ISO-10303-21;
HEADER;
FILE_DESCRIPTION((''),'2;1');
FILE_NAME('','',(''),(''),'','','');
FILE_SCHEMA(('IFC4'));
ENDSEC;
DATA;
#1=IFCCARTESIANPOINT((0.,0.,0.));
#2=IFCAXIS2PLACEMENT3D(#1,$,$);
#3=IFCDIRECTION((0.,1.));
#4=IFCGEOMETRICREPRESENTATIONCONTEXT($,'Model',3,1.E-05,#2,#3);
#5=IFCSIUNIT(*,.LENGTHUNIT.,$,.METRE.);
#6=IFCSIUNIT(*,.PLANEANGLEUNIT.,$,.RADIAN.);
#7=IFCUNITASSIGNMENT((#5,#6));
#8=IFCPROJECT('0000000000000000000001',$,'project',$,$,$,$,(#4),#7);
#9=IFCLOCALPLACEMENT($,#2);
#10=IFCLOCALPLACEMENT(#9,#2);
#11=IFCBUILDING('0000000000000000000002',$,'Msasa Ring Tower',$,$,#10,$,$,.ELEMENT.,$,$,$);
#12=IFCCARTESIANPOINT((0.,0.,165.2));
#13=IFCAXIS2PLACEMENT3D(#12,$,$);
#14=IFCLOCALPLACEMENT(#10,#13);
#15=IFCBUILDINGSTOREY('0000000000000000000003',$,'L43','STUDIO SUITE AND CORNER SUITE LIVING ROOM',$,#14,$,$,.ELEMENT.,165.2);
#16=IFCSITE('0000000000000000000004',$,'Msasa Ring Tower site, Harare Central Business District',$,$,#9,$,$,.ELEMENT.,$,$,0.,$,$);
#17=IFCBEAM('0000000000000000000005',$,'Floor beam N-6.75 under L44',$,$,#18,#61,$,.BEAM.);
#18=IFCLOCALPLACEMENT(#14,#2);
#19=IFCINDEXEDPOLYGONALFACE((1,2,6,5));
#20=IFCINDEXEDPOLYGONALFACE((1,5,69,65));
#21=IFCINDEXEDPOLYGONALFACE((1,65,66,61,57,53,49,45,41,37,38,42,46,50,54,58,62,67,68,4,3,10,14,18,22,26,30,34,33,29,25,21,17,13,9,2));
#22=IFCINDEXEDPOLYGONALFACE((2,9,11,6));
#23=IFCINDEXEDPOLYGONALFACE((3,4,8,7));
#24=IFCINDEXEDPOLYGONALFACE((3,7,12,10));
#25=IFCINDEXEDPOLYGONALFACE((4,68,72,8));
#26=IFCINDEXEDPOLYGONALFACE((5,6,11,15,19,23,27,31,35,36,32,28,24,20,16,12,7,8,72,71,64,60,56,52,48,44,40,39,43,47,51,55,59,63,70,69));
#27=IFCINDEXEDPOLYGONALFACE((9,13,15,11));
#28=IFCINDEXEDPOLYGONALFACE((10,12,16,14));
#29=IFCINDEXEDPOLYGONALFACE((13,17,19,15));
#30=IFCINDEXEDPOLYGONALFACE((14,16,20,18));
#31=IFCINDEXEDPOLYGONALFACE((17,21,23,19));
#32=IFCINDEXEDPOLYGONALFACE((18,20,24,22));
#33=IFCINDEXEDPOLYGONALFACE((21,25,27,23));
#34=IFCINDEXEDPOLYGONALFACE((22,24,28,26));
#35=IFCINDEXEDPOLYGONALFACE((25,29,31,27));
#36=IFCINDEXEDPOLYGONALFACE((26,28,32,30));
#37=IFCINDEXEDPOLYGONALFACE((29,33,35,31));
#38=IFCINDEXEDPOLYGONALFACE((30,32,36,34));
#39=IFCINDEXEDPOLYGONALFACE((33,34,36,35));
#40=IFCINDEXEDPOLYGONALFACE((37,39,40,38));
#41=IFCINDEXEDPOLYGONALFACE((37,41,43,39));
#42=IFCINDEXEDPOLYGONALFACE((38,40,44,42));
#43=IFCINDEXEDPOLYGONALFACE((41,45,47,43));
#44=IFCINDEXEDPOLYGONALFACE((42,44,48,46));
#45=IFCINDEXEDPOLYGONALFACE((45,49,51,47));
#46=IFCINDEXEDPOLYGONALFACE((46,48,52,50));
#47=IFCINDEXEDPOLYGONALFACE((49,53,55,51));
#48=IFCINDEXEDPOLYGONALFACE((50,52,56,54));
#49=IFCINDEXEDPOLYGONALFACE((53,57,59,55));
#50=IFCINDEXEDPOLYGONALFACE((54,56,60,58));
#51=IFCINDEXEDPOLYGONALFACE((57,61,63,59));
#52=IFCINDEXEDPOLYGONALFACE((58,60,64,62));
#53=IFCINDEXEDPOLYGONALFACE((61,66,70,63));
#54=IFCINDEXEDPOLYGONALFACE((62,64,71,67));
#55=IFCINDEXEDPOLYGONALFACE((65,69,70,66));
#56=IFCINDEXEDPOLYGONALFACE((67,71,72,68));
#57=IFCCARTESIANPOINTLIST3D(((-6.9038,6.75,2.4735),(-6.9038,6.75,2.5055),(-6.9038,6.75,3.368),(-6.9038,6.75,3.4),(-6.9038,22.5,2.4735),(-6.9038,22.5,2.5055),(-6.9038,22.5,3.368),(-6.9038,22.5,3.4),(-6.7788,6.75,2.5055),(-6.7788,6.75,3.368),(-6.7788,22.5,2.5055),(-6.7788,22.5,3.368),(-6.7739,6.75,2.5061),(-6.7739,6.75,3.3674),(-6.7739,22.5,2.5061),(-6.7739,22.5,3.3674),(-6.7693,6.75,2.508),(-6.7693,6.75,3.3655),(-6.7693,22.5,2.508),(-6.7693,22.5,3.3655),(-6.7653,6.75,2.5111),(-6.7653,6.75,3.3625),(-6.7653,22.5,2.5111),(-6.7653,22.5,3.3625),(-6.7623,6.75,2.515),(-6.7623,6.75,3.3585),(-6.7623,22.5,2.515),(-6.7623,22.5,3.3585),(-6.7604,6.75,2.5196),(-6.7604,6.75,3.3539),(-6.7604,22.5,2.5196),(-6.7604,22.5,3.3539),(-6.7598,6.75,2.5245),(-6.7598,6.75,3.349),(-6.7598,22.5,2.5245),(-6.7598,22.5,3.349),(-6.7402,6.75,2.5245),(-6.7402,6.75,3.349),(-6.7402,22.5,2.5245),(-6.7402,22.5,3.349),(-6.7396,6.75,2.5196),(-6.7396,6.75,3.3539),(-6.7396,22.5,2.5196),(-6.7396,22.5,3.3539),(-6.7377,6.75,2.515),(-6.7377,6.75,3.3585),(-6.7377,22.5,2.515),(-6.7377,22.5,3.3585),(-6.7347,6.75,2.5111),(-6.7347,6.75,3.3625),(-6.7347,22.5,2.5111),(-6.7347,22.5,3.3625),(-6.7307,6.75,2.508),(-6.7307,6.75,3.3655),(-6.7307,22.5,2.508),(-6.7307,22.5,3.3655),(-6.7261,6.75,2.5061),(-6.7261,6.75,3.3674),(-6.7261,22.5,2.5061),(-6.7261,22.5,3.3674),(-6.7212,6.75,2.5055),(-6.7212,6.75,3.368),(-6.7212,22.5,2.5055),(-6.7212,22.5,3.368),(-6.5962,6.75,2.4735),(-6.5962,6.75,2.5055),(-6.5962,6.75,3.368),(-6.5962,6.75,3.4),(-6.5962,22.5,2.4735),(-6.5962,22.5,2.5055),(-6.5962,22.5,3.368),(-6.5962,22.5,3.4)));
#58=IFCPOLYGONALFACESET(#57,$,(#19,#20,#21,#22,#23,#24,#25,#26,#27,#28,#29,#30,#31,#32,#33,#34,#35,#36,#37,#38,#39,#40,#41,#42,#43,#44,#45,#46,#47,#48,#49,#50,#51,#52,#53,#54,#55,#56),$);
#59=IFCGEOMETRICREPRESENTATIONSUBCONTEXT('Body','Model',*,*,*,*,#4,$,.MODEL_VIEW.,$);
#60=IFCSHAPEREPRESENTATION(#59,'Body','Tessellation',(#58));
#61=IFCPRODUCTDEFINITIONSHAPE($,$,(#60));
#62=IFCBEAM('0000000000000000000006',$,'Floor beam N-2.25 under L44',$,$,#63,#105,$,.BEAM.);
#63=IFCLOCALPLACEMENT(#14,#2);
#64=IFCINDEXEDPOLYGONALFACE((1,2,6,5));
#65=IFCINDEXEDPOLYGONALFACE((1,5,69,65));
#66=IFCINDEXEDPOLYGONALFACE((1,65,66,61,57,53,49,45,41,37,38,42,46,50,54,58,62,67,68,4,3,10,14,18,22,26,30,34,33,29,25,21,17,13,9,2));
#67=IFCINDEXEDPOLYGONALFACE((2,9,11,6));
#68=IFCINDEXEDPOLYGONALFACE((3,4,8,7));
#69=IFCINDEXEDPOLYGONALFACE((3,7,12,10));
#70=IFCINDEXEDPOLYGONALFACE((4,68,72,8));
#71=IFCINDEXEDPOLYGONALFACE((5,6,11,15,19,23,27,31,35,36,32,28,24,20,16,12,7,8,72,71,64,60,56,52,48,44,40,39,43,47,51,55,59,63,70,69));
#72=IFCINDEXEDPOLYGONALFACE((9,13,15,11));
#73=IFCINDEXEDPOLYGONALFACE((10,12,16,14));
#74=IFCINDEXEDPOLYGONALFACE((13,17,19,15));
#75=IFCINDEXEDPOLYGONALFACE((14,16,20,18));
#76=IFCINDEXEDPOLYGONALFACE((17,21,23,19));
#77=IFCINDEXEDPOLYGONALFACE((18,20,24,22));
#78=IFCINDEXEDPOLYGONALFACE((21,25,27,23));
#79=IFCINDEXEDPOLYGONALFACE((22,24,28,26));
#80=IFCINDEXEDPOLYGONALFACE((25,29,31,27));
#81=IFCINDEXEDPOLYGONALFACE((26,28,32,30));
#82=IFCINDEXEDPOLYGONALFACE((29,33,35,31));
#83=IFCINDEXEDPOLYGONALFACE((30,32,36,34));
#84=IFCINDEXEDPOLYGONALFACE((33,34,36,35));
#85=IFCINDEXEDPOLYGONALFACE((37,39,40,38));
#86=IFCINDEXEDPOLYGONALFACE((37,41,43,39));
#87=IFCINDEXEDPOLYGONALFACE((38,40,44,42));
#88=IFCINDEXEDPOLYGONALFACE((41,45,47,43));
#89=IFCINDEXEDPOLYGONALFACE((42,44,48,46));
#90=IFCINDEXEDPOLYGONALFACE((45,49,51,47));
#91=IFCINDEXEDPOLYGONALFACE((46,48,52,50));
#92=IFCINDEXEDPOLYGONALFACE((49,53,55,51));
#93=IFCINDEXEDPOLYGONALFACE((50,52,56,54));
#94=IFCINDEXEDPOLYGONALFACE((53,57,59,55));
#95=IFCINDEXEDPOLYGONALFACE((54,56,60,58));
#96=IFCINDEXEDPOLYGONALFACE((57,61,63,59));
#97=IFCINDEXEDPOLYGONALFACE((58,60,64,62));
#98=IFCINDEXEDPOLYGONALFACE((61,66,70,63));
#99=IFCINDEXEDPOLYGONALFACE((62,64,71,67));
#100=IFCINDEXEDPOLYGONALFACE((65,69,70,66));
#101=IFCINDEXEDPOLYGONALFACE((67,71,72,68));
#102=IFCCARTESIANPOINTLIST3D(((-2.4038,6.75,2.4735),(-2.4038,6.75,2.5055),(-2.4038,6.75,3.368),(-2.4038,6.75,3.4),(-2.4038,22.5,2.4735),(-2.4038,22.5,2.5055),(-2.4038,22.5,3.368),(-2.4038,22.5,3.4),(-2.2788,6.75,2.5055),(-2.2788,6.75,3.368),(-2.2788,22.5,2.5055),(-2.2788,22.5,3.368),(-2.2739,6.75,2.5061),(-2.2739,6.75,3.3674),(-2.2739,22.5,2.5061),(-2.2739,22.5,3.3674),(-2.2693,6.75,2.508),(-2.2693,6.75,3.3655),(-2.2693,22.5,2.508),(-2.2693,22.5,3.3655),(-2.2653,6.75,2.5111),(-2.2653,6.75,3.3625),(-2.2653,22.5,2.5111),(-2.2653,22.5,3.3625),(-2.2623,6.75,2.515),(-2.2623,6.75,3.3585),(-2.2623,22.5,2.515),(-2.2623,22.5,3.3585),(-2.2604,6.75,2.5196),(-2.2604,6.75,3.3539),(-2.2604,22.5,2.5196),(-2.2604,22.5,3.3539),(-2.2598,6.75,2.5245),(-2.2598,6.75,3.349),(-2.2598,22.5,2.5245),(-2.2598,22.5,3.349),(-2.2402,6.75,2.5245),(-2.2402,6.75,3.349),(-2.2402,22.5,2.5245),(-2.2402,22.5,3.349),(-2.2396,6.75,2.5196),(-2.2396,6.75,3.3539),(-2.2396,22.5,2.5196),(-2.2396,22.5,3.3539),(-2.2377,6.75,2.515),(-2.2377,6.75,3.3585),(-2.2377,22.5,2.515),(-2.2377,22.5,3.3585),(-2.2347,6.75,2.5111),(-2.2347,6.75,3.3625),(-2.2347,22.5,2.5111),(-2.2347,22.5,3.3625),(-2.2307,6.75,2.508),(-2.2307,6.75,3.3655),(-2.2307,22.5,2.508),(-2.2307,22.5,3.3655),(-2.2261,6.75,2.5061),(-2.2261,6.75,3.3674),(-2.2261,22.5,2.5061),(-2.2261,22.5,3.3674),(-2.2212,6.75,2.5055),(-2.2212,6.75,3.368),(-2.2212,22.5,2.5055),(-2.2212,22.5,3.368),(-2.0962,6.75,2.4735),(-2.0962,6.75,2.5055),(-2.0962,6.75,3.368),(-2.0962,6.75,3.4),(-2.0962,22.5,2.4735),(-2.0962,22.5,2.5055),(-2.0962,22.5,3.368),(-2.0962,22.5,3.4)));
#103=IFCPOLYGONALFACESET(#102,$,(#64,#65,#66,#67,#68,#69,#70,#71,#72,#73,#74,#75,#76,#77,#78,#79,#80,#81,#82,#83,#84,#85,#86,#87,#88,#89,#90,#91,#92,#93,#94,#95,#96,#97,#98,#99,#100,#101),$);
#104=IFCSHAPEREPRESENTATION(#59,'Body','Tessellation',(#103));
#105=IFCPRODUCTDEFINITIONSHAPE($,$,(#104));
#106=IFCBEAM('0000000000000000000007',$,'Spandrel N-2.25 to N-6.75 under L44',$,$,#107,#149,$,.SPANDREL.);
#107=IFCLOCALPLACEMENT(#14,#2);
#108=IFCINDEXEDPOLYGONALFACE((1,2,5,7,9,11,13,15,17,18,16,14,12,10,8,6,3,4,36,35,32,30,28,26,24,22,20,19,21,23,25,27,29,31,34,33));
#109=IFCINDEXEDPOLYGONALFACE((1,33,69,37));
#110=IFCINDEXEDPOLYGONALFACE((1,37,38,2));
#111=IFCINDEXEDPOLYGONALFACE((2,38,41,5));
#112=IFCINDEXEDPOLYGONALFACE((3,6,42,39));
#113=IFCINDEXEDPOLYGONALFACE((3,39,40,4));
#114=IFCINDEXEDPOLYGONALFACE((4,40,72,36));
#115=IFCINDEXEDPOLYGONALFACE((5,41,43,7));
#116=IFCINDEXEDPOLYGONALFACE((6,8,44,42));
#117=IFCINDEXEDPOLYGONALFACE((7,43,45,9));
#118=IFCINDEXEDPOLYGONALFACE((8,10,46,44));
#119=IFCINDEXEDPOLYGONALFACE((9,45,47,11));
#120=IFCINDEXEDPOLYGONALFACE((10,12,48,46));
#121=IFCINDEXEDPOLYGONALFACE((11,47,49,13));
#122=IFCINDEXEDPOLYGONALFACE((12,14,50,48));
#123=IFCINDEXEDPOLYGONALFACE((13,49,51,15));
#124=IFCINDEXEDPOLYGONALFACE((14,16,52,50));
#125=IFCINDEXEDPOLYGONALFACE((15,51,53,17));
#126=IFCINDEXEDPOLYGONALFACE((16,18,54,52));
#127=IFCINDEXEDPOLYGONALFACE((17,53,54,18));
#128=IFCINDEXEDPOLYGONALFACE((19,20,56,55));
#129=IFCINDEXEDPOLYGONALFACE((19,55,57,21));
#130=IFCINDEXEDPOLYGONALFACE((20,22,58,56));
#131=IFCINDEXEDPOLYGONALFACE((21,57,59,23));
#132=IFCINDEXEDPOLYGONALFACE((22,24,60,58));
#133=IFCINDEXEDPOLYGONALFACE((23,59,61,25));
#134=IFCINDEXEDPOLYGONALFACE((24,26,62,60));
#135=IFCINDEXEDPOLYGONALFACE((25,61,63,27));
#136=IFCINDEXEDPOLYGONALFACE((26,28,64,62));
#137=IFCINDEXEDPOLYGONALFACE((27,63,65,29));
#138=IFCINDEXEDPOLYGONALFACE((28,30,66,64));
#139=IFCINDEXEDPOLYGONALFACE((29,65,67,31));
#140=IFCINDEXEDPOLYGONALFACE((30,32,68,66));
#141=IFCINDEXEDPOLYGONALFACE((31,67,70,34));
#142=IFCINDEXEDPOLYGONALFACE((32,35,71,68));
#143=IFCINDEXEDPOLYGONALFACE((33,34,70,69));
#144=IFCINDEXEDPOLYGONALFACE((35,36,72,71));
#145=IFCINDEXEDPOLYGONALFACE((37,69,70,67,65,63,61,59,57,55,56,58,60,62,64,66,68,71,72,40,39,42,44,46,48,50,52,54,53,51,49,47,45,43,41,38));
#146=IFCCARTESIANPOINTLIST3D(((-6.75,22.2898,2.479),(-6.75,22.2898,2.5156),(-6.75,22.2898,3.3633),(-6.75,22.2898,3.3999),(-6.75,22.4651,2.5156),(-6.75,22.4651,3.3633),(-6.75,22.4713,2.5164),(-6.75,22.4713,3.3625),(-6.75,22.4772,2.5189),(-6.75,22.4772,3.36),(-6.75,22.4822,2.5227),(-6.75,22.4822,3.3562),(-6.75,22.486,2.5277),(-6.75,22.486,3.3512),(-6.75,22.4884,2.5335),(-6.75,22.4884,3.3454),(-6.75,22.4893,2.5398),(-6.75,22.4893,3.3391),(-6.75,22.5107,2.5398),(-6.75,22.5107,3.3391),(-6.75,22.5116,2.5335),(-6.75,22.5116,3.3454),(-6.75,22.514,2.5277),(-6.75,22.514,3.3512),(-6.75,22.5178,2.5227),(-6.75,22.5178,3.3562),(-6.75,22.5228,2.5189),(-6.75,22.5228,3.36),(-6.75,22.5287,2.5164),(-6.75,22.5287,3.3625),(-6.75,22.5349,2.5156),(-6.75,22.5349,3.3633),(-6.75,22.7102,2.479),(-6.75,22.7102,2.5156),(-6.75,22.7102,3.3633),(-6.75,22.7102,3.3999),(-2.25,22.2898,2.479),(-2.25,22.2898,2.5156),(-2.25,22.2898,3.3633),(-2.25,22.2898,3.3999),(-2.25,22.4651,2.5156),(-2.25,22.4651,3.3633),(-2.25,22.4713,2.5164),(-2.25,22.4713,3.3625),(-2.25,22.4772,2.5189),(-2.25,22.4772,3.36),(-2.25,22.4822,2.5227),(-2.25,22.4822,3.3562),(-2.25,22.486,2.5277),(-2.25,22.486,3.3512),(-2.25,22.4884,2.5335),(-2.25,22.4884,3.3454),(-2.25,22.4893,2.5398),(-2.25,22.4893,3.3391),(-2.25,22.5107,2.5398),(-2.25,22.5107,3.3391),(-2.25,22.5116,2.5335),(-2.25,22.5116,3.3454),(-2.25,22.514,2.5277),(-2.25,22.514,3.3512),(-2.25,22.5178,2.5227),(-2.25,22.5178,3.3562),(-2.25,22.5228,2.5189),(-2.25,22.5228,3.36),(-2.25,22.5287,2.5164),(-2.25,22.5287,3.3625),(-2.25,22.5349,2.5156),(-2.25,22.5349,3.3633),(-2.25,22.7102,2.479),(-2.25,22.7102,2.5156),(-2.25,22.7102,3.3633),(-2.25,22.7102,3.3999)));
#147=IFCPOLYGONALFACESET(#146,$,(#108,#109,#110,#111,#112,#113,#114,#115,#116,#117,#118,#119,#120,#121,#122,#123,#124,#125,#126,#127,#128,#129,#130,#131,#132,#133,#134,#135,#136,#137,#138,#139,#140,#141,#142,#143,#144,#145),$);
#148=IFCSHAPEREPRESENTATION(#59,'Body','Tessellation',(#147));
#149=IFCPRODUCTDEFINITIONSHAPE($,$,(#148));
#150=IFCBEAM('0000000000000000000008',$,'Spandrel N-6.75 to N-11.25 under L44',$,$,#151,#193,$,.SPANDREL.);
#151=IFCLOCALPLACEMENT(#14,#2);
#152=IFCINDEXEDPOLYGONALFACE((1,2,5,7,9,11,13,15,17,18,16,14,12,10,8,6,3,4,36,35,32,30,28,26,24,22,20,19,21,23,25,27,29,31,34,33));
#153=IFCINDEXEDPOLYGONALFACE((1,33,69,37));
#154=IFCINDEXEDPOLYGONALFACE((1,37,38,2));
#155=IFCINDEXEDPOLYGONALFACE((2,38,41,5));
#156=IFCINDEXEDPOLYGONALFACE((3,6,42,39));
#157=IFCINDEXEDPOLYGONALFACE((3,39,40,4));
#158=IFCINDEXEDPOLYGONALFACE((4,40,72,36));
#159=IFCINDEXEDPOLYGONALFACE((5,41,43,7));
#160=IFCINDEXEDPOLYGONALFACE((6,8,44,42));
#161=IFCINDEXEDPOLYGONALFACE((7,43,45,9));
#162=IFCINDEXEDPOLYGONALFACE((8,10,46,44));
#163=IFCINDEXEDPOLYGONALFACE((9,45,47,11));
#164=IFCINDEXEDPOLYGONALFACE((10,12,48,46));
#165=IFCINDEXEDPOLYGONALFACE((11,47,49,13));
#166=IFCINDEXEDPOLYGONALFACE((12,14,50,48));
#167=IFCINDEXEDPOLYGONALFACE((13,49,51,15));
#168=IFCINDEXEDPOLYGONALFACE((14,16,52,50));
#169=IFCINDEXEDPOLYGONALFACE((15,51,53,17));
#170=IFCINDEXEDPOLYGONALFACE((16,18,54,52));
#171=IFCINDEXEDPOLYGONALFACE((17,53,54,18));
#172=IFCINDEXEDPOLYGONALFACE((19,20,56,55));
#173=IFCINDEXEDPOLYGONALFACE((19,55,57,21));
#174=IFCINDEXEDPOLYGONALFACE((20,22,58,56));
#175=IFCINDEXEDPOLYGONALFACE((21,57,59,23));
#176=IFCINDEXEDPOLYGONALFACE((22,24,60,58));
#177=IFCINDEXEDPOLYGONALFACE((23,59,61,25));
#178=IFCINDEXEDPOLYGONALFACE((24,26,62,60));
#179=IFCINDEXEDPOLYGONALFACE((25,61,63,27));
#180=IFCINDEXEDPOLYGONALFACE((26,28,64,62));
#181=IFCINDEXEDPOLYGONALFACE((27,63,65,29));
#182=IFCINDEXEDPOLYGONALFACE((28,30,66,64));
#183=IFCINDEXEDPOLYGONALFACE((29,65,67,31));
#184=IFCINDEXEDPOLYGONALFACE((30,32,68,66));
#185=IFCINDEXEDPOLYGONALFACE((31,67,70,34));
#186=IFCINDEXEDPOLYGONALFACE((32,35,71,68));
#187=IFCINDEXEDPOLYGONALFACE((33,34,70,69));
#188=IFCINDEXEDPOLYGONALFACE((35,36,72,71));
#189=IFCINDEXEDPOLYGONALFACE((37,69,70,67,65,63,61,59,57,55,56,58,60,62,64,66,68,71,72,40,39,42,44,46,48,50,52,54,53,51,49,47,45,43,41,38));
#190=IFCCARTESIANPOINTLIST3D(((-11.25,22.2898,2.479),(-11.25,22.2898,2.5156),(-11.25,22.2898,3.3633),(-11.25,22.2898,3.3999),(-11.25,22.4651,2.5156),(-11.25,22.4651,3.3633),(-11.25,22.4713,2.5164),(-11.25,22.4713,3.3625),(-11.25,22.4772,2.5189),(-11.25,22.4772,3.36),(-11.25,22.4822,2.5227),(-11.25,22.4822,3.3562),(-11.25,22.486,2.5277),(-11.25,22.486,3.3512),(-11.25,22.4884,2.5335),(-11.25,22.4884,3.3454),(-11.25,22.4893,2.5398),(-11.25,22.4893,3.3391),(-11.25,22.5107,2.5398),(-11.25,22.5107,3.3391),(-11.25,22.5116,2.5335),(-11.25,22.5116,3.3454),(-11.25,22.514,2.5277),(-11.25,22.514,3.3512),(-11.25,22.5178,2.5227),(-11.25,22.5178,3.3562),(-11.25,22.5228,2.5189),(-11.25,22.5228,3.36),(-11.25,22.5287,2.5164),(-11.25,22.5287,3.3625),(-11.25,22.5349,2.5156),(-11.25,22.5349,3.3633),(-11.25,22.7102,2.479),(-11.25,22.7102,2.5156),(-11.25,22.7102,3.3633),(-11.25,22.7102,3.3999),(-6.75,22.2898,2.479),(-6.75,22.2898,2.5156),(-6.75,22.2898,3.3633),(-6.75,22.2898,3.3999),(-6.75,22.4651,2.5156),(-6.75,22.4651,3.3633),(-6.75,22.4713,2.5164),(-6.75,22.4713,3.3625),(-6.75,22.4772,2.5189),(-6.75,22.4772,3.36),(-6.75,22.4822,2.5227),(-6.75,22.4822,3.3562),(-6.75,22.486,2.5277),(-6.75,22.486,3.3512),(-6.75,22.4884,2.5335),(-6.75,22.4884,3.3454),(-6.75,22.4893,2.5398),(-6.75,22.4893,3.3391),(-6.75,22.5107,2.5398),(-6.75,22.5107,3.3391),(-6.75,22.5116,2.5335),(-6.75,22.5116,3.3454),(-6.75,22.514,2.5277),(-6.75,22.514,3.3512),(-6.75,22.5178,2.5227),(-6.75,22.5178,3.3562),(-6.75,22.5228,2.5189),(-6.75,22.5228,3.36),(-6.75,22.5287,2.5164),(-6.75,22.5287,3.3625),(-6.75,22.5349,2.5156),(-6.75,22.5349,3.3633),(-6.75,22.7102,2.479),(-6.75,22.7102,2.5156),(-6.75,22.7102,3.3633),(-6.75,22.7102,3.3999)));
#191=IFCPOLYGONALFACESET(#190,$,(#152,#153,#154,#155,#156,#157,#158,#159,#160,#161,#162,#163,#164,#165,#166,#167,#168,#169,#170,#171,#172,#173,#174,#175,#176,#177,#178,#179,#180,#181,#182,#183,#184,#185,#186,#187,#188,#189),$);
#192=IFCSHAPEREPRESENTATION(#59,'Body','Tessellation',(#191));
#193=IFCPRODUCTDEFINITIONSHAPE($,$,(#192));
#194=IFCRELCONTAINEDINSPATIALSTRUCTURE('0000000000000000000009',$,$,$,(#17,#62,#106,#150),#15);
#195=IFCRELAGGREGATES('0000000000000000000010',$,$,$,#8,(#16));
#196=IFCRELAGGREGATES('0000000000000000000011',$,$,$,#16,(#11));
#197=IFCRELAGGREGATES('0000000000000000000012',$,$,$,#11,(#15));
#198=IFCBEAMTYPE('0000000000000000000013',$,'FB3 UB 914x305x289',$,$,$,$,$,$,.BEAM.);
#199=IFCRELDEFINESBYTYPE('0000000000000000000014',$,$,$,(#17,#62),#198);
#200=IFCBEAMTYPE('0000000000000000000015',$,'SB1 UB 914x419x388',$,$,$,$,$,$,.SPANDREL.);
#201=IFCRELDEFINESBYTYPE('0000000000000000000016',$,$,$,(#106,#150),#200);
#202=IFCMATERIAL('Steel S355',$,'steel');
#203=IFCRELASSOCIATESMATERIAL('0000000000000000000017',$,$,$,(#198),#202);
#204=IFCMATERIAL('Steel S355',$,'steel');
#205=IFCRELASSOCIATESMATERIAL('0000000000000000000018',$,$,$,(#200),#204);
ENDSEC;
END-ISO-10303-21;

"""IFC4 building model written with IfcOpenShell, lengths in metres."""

from ifc_helpers import new_model, si_unit, direction, frame, origin, origin_2d, place, context, subcontext, project, spatial, i_section, extrude, material, material_profile, profile_set, type_object, element, save


model = new_model("IFC4")

# Units and contexts
model_context = context("Model", 3, precision=1e-05, world=origin(), true_north=direction((0.0, 1.0)))
body_context = subcontext(model_context, "Body", "Model", "MODEL_VIEW")
ifc_project = project(units=[si_unit("LENGTHUNIT", "METRE"), si_unit("PLANEANGLEUNIT", "RADIAN")], contexts=[model_context])

# Site, building, storey
site_placement = place(None, origin())
site = spatial("IfcSite", under=ifc_project, at=site_placement, Name="Msasa Ring Tower site, Harare Central Business District", CompositionType="ELEMENT", RefElevation=0.0)
building_placement = place(site_placement, origin())
building = spatial("IfcBuilding", under=site, at=building_placement, Name="Msasa Ring Tower", CompositionType="ELEMENT")
storey_placement = place(building_placement, frame((0.0, 0.0, 165.2)))
storey = spatial("IfcBuildingStorey", under=building, at=storey_placement, Name="L43", Description="STUDIO SUITE AND CORNER SUITE LIVING ROOM", CompositionType="ELEMENT", Elevation=165.2)

# Beams
ifc_material_1 = material(Name="Steel S355", Category="steel")
ifc_material_profile_1 = material_profile(ifc_material_1, i_section(OverallWidth=0.3076, OverallDepth=0.9265, WebThickness=0.0195, FlangeThickness=0.032, FilletRadius=0.019, at=origin_2d()), Name="UB 914x305x289")
ifc_profile_set_1 = profile_set([ifc_material_profile_1], Name="Steel S355")
beam_type_1 = type_object("IfcBeamType", Name="FB3 UB 914x305x289", PredefinedType="BEAM", material=ifc_profile_set_1)
for number, where, z_axis, x_axis, name in (
    (1, (-6.75, 22.5, 2.9368), (0.0, -1.0, 0.0), (1.0, 0.0, 0.0), "Floor beam N-6.75 under L44"),
    (2, (-2.25, 22.5, 2.9368), (0.0, -1.0, 0.0), (1.0, 0.0, 0.0), "Floor beam N-2.25 under L44"),
):
    element("IfcBeam", number, at=place(storey_placement, frame(where, z_axis=z_axis, x_axis=x_axis)), inside=storey, type_object=beam_type_1, Name=name, PredefinedType="BEAM", context=body_context, shape_type="SweptSolid", body=[
        extrude(i_section(OverallWidth=0.3076, OverallDepth=0.9265, WebThickness=0.0195, FlangeThickness=0.032, FilletRadius=0.019, at=origin_2d()), origin(), (0.0, 0.0, 1.0), 15.75),
    ])
ifc_material_2 = material(Name="Steel S355", Category="steel")
ifc_material_profile_2 = material_profile(ifc_material_2, i_section(OverallWidth=0.4204, OverallDepth=0.9209, WebThickness=0.0215, FlangeThickness=0.0366, FilletRadius=0.0242, at=origin_2d()), Name="UB 914x419x388")
ifc_profile_set_2 = profile_set([ifc_material_profile_2], Name="Steel S355")
beam_type_2 = type_object("IfcBeamType", Name="SB1 UB 914x419x388", PredefinedType="SPANDREL", material=ifc_profile_set_2)
for number, where, z_axis, x_axis, name in (
    (3, (-2.25, 22.5, 2.9395), (-1.0, 0.0, 0.0), (0.0, -1.0, 0.0), "Spandrel N-2.25 to N-6.75 under L44"),
    (4, (-6.75, 22.5, 2.9395), (-1.0, 0.0, 0.0), (0.0, -1.0, 0.0), "Spandrel N-6.75 to N-11.25 under L44"),
):
    element("IfcBeam", number, at=place(storey_placement, frame(where, z_axis=z_axis, x_axis=x_axis)), inside=storey, type_object=beam_type_2, Name=name, PredefinedType="SPANDREL", context=body_context, shape_type="SweptSolid", body=[
        extrude(i_section(OverallWidth=0.4204, OverallDepth=0.9209, WebThickness=0.0215, FlangeThickness=0.0366, FilletRadius=0.0242, at=origin_2d()), origin(), (0.0, 0.0, 1.0), 4.5),
    ])

save(model, "model.ifc")
